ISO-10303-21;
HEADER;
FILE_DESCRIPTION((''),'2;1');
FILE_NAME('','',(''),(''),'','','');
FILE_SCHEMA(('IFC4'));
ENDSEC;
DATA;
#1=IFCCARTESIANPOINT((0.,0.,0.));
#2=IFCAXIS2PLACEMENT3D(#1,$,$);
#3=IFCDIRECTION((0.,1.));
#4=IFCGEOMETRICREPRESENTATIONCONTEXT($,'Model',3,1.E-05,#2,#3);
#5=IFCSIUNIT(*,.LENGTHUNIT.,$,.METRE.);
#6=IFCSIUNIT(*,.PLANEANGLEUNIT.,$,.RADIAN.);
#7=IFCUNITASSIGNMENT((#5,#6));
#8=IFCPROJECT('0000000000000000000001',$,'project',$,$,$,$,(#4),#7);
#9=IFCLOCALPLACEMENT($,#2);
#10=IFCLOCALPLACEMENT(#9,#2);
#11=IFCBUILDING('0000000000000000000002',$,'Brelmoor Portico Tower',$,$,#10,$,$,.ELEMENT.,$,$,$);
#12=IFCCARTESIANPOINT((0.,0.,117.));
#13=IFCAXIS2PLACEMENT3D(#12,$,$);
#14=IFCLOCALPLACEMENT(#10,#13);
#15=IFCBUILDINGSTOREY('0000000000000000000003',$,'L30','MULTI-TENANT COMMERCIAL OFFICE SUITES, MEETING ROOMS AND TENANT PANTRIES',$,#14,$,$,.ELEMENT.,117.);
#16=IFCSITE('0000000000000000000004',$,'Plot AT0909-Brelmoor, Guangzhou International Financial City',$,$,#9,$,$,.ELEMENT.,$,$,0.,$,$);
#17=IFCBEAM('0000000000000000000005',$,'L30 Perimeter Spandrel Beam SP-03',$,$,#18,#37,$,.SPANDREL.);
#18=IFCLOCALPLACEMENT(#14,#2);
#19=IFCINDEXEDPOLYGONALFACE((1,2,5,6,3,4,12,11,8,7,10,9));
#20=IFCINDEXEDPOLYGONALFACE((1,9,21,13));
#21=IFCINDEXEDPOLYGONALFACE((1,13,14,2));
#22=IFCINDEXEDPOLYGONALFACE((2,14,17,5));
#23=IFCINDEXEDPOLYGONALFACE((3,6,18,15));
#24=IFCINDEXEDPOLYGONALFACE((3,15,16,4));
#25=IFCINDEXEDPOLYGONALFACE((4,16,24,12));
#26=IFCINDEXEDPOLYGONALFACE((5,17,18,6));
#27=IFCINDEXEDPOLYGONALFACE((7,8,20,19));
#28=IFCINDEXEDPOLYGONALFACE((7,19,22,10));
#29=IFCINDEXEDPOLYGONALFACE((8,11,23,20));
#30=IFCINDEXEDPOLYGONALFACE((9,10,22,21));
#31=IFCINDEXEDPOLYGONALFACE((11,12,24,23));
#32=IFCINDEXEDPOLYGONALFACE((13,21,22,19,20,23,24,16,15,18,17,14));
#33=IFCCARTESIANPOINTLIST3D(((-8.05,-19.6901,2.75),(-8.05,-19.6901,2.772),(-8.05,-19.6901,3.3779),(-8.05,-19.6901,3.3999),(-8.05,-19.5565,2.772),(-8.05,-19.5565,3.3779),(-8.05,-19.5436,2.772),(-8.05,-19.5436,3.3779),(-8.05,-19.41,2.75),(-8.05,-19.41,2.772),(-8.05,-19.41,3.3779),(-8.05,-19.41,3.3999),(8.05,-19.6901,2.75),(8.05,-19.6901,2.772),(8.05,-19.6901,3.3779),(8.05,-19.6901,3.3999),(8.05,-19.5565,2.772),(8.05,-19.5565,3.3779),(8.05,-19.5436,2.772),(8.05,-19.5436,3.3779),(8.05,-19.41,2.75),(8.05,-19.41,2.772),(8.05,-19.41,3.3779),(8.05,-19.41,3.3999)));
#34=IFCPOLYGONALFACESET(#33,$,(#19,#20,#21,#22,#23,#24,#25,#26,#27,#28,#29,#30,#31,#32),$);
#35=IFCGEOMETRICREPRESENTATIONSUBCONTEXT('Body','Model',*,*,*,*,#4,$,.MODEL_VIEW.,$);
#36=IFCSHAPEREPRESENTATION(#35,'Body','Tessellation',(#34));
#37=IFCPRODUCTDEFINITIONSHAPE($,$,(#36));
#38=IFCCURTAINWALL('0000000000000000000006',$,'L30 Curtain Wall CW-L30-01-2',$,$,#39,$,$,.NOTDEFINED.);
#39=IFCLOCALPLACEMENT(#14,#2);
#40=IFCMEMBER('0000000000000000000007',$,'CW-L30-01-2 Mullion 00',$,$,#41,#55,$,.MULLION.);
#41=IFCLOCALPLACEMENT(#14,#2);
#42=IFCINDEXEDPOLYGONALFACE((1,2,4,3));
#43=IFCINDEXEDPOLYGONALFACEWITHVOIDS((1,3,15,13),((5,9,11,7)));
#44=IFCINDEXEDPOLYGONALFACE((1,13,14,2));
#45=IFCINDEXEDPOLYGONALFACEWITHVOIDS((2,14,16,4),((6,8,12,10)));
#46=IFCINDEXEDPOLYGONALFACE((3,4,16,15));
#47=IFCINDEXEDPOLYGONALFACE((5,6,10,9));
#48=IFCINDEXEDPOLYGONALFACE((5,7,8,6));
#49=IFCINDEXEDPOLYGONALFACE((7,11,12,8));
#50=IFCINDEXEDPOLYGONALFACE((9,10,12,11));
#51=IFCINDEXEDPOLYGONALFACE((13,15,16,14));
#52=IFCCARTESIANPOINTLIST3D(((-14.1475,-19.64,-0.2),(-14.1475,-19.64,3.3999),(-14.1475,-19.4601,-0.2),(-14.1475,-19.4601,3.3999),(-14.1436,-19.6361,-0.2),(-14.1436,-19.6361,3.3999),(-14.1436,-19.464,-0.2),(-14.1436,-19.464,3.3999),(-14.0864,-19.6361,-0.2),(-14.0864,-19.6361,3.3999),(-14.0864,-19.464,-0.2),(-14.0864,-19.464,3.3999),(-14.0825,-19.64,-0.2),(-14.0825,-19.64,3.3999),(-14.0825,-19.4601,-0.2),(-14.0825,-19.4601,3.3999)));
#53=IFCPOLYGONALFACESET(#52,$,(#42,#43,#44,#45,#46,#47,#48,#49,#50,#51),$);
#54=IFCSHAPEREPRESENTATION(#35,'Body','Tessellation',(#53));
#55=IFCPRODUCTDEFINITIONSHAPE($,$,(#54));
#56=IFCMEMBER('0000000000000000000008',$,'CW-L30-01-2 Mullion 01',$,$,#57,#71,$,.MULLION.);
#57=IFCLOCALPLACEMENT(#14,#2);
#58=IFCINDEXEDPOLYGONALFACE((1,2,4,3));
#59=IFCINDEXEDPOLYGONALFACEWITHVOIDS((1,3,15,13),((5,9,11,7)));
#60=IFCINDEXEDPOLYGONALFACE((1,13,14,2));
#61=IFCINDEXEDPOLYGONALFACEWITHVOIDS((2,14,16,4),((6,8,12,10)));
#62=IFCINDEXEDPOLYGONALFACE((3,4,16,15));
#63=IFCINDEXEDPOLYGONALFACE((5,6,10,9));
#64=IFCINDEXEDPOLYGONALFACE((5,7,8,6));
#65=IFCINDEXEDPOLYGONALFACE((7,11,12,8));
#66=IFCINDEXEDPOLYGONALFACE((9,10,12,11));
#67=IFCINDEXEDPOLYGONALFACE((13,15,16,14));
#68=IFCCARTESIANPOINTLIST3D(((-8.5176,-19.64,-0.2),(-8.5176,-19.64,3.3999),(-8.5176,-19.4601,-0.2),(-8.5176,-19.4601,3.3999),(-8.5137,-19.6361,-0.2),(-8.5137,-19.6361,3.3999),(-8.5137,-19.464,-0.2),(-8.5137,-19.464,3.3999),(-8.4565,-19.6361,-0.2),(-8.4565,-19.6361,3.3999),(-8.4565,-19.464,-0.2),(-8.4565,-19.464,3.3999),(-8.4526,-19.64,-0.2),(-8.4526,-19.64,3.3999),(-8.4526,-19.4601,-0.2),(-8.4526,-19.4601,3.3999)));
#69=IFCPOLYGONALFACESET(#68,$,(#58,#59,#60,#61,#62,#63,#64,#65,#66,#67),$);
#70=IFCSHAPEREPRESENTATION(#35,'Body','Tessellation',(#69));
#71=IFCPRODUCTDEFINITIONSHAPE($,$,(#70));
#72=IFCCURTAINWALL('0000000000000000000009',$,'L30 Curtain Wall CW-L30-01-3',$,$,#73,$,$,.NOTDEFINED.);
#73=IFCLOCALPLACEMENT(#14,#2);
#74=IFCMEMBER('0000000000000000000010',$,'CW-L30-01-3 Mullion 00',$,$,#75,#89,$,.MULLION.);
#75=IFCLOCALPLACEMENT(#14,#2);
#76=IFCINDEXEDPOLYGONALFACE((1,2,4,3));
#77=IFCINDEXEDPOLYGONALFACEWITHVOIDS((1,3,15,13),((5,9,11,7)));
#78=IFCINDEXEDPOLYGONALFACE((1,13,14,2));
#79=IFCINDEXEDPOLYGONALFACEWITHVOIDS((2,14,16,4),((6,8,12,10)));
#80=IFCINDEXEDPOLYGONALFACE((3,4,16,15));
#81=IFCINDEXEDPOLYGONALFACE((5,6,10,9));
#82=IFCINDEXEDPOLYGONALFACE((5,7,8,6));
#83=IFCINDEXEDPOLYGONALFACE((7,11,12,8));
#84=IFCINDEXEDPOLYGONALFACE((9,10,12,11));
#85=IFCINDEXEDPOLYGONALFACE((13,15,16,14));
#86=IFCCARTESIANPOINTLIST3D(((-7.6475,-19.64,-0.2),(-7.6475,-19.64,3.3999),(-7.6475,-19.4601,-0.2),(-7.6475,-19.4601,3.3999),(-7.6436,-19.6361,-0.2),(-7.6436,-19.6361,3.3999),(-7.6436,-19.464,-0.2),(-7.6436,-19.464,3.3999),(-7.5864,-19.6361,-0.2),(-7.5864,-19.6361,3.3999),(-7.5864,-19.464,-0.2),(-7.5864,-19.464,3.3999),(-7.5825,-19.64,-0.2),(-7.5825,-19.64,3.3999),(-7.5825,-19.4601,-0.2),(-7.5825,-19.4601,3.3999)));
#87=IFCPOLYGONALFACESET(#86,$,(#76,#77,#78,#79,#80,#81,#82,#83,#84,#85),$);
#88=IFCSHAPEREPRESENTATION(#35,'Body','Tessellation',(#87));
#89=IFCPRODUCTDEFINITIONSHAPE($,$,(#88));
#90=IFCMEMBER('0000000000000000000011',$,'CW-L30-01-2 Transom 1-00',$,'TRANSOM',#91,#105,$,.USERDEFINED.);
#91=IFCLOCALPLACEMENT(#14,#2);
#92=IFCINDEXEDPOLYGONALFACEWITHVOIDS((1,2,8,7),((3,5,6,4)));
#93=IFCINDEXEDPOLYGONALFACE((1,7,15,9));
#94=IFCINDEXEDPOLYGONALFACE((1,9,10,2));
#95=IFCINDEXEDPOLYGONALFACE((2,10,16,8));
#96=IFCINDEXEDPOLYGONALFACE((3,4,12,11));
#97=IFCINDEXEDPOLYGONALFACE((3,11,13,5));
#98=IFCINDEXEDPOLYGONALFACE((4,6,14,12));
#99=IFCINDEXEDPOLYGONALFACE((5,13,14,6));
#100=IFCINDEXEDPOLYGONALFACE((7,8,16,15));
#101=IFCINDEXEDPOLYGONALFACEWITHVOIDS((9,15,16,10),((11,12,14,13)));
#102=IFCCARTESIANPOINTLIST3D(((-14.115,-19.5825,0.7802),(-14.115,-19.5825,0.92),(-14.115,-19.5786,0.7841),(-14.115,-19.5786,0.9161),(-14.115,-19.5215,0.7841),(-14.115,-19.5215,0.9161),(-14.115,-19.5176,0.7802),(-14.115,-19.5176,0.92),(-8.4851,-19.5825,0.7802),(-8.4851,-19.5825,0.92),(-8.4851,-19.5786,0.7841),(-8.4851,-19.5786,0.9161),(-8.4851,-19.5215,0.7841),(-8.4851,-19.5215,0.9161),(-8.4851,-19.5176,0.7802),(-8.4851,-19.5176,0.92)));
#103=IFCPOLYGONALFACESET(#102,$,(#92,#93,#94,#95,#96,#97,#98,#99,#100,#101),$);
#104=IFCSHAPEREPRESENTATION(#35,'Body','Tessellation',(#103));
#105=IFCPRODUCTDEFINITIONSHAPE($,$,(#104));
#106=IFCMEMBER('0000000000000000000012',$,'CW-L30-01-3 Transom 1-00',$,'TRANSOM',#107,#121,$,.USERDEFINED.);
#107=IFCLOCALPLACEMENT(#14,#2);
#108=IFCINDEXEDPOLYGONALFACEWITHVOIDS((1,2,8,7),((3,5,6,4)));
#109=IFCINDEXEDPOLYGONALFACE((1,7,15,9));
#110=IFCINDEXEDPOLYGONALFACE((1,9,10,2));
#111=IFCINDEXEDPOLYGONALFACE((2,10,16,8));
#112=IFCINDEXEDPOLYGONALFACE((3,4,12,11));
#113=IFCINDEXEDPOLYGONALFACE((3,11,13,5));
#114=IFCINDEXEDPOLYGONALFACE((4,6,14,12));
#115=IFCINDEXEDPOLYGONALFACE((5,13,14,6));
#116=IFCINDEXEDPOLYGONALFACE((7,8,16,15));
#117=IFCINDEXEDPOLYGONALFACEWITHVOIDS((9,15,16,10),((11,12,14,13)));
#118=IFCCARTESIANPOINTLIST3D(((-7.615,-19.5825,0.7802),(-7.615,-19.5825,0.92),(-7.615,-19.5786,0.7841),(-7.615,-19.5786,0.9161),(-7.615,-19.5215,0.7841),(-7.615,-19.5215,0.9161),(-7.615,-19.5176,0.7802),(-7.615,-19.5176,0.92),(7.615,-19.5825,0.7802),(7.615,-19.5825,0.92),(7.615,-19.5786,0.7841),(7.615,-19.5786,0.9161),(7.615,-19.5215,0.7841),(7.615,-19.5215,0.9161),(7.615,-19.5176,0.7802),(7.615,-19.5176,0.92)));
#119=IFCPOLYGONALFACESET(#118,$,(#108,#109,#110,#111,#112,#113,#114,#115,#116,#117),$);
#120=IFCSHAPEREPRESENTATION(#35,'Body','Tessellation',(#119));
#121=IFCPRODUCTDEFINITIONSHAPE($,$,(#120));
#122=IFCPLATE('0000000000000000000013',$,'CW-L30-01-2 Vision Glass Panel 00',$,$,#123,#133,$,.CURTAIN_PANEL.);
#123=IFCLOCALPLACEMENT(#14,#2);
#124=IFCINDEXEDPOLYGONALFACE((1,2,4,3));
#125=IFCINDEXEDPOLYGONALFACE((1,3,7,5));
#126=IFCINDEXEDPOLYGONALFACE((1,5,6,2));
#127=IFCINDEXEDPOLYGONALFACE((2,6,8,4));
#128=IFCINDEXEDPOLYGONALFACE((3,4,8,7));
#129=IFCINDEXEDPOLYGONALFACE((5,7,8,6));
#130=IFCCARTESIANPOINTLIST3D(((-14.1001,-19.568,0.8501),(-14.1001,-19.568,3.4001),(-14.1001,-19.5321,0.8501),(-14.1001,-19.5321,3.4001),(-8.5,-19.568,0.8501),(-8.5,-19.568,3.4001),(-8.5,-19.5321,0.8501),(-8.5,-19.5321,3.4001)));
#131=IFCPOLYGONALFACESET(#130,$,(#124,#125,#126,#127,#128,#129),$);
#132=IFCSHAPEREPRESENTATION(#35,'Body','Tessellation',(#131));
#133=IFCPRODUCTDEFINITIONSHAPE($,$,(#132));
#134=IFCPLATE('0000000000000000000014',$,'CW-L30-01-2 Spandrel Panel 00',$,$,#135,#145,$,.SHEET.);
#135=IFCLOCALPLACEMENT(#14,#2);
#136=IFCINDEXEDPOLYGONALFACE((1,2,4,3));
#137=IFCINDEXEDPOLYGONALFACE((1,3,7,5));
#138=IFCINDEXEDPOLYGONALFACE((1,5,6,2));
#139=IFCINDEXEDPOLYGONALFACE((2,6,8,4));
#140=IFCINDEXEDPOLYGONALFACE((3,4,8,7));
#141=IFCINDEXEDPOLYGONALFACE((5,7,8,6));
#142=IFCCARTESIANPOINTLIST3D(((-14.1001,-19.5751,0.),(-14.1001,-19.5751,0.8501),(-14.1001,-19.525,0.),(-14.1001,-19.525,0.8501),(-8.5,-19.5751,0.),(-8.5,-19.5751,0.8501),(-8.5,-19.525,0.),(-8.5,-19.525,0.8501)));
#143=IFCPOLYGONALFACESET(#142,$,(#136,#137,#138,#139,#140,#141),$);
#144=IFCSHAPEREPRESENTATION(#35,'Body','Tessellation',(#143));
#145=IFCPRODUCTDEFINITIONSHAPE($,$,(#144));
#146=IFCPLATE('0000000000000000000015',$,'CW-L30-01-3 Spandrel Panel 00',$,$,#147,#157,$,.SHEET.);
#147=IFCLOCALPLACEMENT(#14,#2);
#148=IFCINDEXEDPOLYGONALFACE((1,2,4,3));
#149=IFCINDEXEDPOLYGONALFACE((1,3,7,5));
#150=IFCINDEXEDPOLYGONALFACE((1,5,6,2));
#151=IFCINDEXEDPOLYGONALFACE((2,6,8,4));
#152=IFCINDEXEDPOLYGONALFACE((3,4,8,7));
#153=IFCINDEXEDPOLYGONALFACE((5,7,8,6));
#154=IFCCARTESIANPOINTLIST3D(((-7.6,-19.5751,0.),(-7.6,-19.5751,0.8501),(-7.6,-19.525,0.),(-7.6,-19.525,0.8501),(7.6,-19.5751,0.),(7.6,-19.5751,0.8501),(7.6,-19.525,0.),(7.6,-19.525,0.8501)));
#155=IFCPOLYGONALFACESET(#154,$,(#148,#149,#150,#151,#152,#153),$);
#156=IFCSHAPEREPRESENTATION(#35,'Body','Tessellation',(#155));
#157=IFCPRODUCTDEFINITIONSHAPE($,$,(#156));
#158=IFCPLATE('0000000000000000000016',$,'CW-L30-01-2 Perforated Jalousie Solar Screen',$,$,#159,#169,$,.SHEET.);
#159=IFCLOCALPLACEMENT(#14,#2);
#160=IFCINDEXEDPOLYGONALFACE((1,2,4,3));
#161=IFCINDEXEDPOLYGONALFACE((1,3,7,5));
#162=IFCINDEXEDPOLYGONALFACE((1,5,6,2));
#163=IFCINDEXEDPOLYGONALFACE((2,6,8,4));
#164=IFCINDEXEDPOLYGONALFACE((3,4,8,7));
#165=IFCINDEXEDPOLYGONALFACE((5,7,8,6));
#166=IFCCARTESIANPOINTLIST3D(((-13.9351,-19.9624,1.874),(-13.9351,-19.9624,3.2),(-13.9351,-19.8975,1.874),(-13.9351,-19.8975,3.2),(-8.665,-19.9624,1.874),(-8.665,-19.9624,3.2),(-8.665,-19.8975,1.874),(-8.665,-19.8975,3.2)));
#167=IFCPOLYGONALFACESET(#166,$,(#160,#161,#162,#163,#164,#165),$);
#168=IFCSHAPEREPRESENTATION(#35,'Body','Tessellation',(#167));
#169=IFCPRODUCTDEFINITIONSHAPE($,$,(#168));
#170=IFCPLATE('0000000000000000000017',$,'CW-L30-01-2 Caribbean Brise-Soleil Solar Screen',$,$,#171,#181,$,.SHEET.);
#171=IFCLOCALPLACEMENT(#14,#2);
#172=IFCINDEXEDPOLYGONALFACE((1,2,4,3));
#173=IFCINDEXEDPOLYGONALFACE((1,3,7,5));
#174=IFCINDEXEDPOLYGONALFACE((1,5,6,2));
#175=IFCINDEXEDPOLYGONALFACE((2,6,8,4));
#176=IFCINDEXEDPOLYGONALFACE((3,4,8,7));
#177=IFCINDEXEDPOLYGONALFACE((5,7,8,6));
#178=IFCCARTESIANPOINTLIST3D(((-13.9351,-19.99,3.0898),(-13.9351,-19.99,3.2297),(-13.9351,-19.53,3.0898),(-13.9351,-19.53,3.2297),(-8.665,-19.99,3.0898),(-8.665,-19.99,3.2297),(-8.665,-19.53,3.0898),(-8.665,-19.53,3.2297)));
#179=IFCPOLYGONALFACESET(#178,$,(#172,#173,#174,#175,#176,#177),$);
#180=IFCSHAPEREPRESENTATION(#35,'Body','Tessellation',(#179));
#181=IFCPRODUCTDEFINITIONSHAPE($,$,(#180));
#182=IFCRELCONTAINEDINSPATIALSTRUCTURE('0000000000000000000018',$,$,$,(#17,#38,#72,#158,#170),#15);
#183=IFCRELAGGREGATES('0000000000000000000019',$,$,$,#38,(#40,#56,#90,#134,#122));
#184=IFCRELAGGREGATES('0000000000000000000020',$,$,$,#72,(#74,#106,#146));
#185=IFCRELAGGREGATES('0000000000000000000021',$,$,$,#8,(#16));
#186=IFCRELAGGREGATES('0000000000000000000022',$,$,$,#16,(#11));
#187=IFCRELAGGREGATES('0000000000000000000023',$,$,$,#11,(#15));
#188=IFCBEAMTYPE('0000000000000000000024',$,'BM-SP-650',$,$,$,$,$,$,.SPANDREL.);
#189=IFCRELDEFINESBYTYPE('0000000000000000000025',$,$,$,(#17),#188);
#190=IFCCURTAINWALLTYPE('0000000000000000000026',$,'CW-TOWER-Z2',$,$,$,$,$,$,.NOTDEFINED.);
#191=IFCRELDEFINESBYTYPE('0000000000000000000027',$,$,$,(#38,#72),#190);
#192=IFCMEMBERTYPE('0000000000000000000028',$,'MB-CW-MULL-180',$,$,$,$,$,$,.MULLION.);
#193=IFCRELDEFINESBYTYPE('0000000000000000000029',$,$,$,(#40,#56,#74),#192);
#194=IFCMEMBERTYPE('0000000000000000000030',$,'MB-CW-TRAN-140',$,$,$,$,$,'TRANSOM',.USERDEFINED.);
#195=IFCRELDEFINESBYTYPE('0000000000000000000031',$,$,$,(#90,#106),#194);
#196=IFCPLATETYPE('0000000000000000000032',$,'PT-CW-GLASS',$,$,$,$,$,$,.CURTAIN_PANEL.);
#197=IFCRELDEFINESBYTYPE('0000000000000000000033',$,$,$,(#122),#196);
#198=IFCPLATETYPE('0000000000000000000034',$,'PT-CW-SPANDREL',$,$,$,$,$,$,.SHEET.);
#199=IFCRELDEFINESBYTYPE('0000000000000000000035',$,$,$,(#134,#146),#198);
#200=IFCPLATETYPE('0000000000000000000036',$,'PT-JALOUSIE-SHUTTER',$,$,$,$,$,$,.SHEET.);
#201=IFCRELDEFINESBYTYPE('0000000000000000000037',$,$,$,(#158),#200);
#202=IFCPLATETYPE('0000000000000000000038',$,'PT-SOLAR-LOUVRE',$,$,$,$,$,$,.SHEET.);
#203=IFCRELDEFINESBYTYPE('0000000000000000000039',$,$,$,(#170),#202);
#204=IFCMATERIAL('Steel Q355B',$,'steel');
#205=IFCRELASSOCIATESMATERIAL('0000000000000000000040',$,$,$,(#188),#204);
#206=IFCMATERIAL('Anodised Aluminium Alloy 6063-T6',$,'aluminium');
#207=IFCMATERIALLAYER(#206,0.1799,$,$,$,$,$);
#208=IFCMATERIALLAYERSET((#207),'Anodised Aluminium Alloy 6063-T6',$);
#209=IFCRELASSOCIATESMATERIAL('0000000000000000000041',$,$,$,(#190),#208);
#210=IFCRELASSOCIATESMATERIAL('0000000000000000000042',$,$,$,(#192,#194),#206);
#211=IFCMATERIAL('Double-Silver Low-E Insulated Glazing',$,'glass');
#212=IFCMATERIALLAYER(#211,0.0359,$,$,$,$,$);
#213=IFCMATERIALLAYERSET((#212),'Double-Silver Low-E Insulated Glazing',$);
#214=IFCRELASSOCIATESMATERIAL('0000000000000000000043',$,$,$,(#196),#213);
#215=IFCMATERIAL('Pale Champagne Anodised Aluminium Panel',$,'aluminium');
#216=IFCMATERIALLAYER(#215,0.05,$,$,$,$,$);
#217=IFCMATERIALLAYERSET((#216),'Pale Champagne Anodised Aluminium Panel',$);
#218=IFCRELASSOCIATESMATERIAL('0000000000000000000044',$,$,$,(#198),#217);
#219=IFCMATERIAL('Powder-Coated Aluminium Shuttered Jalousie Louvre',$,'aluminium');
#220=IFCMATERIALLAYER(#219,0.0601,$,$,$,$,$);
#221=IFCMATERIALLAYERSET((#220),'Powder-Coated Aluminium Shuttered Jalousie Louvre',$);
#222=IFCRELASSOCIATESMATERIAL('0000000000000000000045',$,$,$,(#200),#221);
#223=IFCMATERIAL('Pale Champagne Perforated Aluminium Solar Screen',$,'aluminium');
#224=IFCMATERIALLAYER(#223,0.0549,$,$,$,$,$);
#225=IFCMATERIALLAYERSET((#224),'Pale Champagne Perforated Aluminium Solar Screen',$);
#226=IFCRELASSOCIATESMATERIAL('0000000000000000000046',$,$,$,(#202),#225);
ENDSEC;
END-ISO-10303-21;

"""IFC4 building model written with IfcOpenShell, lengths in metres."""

from ifc_helpers import new_model, si_unit, direction, frame, origin, origin_2d, place, context, subcontext, project, spatial, rectangle, hollow_rectangle, i_section, extrude, material, layer, layer_set, material_profile, profile_set, type_object, element, aggregate, save


model = new_model("IFC4")

# Units and contexts
model_context = context("Model", 3, precision=1e-05, world=origin(), true_north=direction((0.0, 1.0)))
body_context = subcontext(model_context, "Body", "Model", "MODEL_VIEW")
ifc_project = project(units=[si_unit("LENGTHUNIT", "METRE"), si_unit("PLANEANGLEUNIT", "RADIAN")], contexts=[model_context])

# Site, building, storey
site_placement = place(None, origin())
site = spatial("IfcSite", under=ifc_project, at=site_placement, Name="Plot AT0909-Brelmoor, Guangzhou International Financial City", CompositionType="ELEMENT", RefElevation=0.0)
building_placement = place(site_placement, origin())
building = spatial("IfcBuilding", under=site, at=building_placement, Name="Brelmoor Portico Tower", CompositionType="ELEMENT")
storey_placement = place(building_placement, frame((0.0, 0.0, 117.0)))
storey = spatial("IfcBuildingStorey", under=building, at=storey_placement, Name="L30", Description="MULTI-TENANT COMMERCIAL OFFICE SUITES, MEETING ROOMS AND TENANT PANTRIES", CompositionType="ELEMENT", Elevation=117.0)

# Shared definitions
ifc_material_1 = material(Name="Steel Q355B", Category="steel")

# Beam
ifc_material_profile_1 = material_profile(ifc_material_1, i_section(OverallWidth=0.28, OverallDepth=0.6499, WebThickness=0.0129, FlangeThickness=0.022, at=origin_2d()), Name="HN 650x280x13x22")
ifc_profile_set_1 = profile_set([ifc_material_profile_1], Name="Steel Q355B")
beam_type_1 = type_object("IfcBeamType", Name="BM-SP-650", PredefinedType="SPANDREL", material=ifc_profile_set_1)
beam_1_placement = place(storey_placement, frame((-8.05, -19.55, 3.075), z_axis=(1.0, 0.0, 0.0), x_axis=(0.0, 1.0, 0.0)))
element("IfcBeam", 1, at=beam_1_placement, inside=storey, type_object=beam_type_1, Name="L30 Perimeter Spandrel Beam SP-03", PredefinedType="SPANDREL", context=body_context, shape_type="SweptSolid", body=[
    extrude(i_section(OverallWidth=0.28, OverallDepth=0.6499, WebThickness=0.0129, FlangeThickness=0.022, at=origin_2d()), origin(), (0.0, 0.0, 1.0), 16.1001),
])

# Curtain wall, members
ifc_material_2 = material(Name="Anodised Aluminium Alloy 6063-T6", Category="aluminium")
ifc_layer_1 = layer(ifc_material_2, 0.1799)
ifc_layer_set_1 = layer_set([ifc_layer_1], Name="Anodised Aluminium Alloy 6063-T6")
curtain_wall_type = type_object("IfcCurtainWallType", Name="CW-TOWER-Z2", PredefinedType="NOTDEFINED", material=ifc_layer_set_1)
curtain_wall_1_placement = place(storey_placement, origin())
curtain_wall_1 = element("IfcCurtainWall", 2, at=curtain_wall_1_placement, inside=storey, type_object=curtain_wall_type, Name="L30 Curtain Wall CW-L30-01-2", PredefinedType="NOTDEFINED")
ifc_material_profile_2 = material_profile(ifc_material_2, hollow_rectangle(XDim=0.0649, YDim=0.1799, WallThickness=0.0039, at=origin_2d()), Name="ALU MULLION 65x180")
ifc_profile_set_2 = profile_set([ifc_material_profile_2], Name="Anodised Aluminium Alloy 6063-T6")
member_type_1 = type_object("IfcMemberType", Name="MB-CW-MULL-180", PredefinedType="MULLION", material=ifc_profile_set_2)
member_1_placement = place(storey_placement, frame((-14.115, -19.55, -0.2), z_axis=(0.0, 0.0, 1.0), x_axis=(1.0, 0.0, 0.0)))
member_1 = element("IfcMember", 3, at=member_1_placement, type_object=member_type_1, Name="CW-L30-01-2 Mullion 00", PredefinedType="MULLION", context=body_context, shape_type="SweptSolid", body=[
    extrude(hollow_rectangle(XDim=0.0649, YDim=0.1799, WallThickness=0.0039, at=origin_2d()), origin(), (0.0, 0.0, 1.0), 3.5999),
])
member_2_placement = place(storey_placement, frame((-8.4851, -19.55, -0.2), z_axis=(0.0, 0.0, 1.0), x_axis=(1.0, 0.0, 0.0)))
member_2 = element("IfcMember", 4, at=member_2_placement, type_object=member_type_1, Name="CW-L30-01-2 Mullion 01", PredefinedType="MULLION", context=body_context, shape_type="SweptSolid", body=[
    extrude(hollow_rectangle(XDim=0.0649, YDim=0.1799, WallThickness=0.0039, at=origin_2d()), origin(), (0.0, 0.0, 1.0), 3.5999),
])

# Curtain wall, member
curtain_wall_2_placement = place(storey_placement, origin())
curtain_wall_2 = element("IfcCurtainWall", 5, at=curtain_wall_2_placement, inside=storey, type_object=curtain_wall_type, Name="L30 Curtain Wall CW-L30-01-3", PredefinedType="NOTDEFINED")
member_3_placement = place(storey_placement, frame((-7.615, -19.55, -0.2), z_axis=(0.0, 0.0, 1.0), x_axis=(1.0, 0.0, 0.0)))
member_3 = element("IfcMember", 6, at=member_3_placement, type_object=member_type_1, Name="CW-L30-01-3 Mullion 00", PredefinedType="MULLION", context=body_context, shape_type="SweptSolid", body=[
    extrude(hollow_rectangle(XDim=0.0649, YDim=0.1799, WallThickness=0.0039, at=origin_2d()), origin(), (0.0, 0.0, 1.0), 3.5999),
])

# Members
ifc_material_profile_3 = material_profile(ifc_material_2, hollow_rectangle(XDim=0.0649, YDim=0.1399, WallThickness=0.0039, at=origin_2d()), Name="ALU TRANSOM 65x140")
ifc_profile_set_3 = profile_set([ifc_material_profile_3], Name="Anodised Aluminium Alloy 6063-T6")
member_type_2 = type_object("IfcMemberType", Name="MB-CW-TRAN-140", ElementType="TRANSOM", PredefinedType="USERDEFINED", material=ifc_profile_set_3)
member_4_placement = place(storey_placement, frame((-14.115, -19.55, 0.8501), z_axis=(1.0, 0.0, 0.0), x_axis=(0.0, 1.0, 0.0)))
member_4 = element("IfcMember", 7, at=member_4_placement, type_object=member_type_2, Name="CW-L30-01-2 Transom 1-00", ObjectType="TRANSOM", PredefinedType="USERDEFINED", context=body_context, shape_type="SweptSolid", body=[
    extrude(hollow_rectangle(XDim=0.0649, YDim=0.1399, WallThickness=0.0039, at=origin_2d()), origin(), (0.0, 0.0, 1.0), 5.6299),
])
member_5_placement = place(storey_placement, frame((-7.615, -19.55, 0.8501), z_axis=(1.0, 0.0, 0.0), x_axis=(0.0, 1.0, 0.0)))
member_5 = element("IfcMember", 8, at=member_5_placement, type_object=member_type_2, Name="CW-L30-01-3 Transom 1-00", ObjectType="TRANSOM", PredefinedType="USERDEFINED", context=body_context, shape_type="SweptSolid", body=[
    extrude(hollow_rectangle(XDim=0.0649, YDim=0.1399, WallThickness=0.0039, at=origin_2d()), origin(), (0.0, 0.0, 1.0), 15.23),
])

# Plates
ifc_material_3 = material(Name="Double-Silver Low-E Insulated Glazing", Category="glass")
ifc_layer_2 = layer(ifc_material_3, 0.0359)
ifc_layer_set_2 = layer_set([ifc_layer_2], Name="Double-Silver Low-E Insulated Glazing")
plate_type_1 = type_object("IfcPlateType", Name="PT-CW-GLASS", PredefinedType="CURTAIN_PANEL", material=ifc_layer_set_2)
plate_1_placement = place(storey_placement, frame((-11.3, -19.55, 0.8501), z_axis=(0.0, 0.0, 1.0), x_axis=(1.0, 0.0, 0.0)))
plate_1 = element("IfcPlate", 9, at=plate_1_placement, type_object=plate_type_1, Name="CW-L30-01-2 Vision Glass Panel 00", PredefinedType="CURTAIN_PANEL", context=body_context, shape_type="SweptSolid", body=[
    extrude(rectangle(XDim=5.6001, YDim=0.0359, at=origin_2d()), origin(), (0.0, 0.0, 1.0), 2.55),
])
ifc_material_4 = material(Name="Pale Champagne Anodised Aluminium Panel", Category="aluminium")
ifc_layer_3 = layer(ifc_material_4, 0.05)
ifc_layer_set_3 = layer_set([ifc_layer_3], Name="Pale Champagne Anodised Aluminium Panel")
plate_type_2 = type_object("IfcPlateType", Name="PT-CW-SPANDREL", PredefinedType="SHEET", material=ifc_layer_set_3)
plate_2_placement = place(storey_placement, frame((-11.3, -19.55, 0.0), z_axis=(0.0, 0.0, 1.0), x_axis=(1.0, 0.0, 0.0)))
plate_2 = element("IfcPlate", 10, at=plate_2_placement, type_object=plate_type_2, Name="CW-L30-01-2 Spandrel Panel 00", PredefinedType="SHEET", context=body_context, shape_type="SweptSolid", body=[
    extrude(rectangle(XDim=5.6001, YDim=0.05, at=origin_2d()), origin(), (0.0, 0.0, 1.0), 0.8501),
])
aggregate(curtain_wall_1, [member_1, member_2, member_4, plate_2, plate_1])
plate_3_placement = place(storey_placement, frame((0.0, -19.55, 0.0), z_axis=(0.0, 0.0, 1.0), x_axis=(1.0, 0.0, 0.0)))
plate_3 = element("IfcPlate", 11, at=plate_3_placement, type_object=plate_type_2, Name="CW-L30-01-3 Spandrel Panel 00", PredefinedType="SHEET", context=body_context, shape_type="SweptSolid", body=[
    extrude(rectangle(XDim=15.2, YDim=0.05, at=origin_2d()), origin(), (0.0, 0.0, 1.0), 0.8501),
])
aggregate(curtain_wall_2, [member_3, member_5, plate_3])

# Plates
ifc_material_5 = material(Name="Powder-Coated Aluminium Shuttered Jalousie Louvre", Category="aluminium")
ifc_layer_4 = layer(ifc_material_5, 0.0601)
ifc_layer_set_4 = layer_set([ifc_layer_4], Name="Powder-Coated Aluminium Shuttered Jalousie Louvre")
plate_type_3 = type_object("IfcPlateType", Name="PT-JALOUSIE-SHUTTER", PredefinedType="SHEET", material=ifc_layer_set_4)
plate_4_placement = place(storey_placement, frame((-11.3, -19.9299, 1.874), z_axis=(0.0, 0.0, 1.0), x_axis=(1.0, 0.0, 0.0)))
element("IfcPlate", 12, at=plate_4_placement, inside=storey, type_object=plate_type_3, Name="CW-L30-01-2 Perforated Jalousie Solar Screen", PredefinedType="SHEET", context=body_context, shape_type="SweptSolid", body=[
    extrude(rectangle(XDim=5.27, YDim=0.0649, at=origin_2d()), origin(), (0.0, 0.0, 1.0), 1.3259),
])
ifc_material_6 = material(Name="Pale Champagne Perforated Aluminium Solar Screen", Category="aluminium")
ifc_layer_5 = layer(ifc_material_6, 0.0549)
ifc_layer_set_5 = layer_set([ifc_layer_5], Name="Pale Champagne Perforated Aluminium Solar Screen")
plate_type_4 = type_object("IfcPlateType", Name="PT-SOLAR-LOUVRE", PredefinedType="SHEET", material=ifc_layer_set_5)
plate_5_placement = place(storey_placement, frame((-11.3, -19.76, 3.0898), z_axis=(0.0, 0.0, 1.0), x_axis=(1.0, 0.0, 0.0)))
element("IfcPlate", 13, at=plate_5_placement, inside=storey, type_object=plate_type_4, Name="CW-L30-01-2 Caribbean Brise-Soleil Solar Screen", PredefinedType="SHEET", context=body_context, shape_type="SweptSolid", body=[
    extrude(rectangle(XDim=5.27, YDim=0.46, at=origin_2d()), origin(), (0.0, 0.0, 1.0), 0.1399),
])

save(model, "model.ifc")
